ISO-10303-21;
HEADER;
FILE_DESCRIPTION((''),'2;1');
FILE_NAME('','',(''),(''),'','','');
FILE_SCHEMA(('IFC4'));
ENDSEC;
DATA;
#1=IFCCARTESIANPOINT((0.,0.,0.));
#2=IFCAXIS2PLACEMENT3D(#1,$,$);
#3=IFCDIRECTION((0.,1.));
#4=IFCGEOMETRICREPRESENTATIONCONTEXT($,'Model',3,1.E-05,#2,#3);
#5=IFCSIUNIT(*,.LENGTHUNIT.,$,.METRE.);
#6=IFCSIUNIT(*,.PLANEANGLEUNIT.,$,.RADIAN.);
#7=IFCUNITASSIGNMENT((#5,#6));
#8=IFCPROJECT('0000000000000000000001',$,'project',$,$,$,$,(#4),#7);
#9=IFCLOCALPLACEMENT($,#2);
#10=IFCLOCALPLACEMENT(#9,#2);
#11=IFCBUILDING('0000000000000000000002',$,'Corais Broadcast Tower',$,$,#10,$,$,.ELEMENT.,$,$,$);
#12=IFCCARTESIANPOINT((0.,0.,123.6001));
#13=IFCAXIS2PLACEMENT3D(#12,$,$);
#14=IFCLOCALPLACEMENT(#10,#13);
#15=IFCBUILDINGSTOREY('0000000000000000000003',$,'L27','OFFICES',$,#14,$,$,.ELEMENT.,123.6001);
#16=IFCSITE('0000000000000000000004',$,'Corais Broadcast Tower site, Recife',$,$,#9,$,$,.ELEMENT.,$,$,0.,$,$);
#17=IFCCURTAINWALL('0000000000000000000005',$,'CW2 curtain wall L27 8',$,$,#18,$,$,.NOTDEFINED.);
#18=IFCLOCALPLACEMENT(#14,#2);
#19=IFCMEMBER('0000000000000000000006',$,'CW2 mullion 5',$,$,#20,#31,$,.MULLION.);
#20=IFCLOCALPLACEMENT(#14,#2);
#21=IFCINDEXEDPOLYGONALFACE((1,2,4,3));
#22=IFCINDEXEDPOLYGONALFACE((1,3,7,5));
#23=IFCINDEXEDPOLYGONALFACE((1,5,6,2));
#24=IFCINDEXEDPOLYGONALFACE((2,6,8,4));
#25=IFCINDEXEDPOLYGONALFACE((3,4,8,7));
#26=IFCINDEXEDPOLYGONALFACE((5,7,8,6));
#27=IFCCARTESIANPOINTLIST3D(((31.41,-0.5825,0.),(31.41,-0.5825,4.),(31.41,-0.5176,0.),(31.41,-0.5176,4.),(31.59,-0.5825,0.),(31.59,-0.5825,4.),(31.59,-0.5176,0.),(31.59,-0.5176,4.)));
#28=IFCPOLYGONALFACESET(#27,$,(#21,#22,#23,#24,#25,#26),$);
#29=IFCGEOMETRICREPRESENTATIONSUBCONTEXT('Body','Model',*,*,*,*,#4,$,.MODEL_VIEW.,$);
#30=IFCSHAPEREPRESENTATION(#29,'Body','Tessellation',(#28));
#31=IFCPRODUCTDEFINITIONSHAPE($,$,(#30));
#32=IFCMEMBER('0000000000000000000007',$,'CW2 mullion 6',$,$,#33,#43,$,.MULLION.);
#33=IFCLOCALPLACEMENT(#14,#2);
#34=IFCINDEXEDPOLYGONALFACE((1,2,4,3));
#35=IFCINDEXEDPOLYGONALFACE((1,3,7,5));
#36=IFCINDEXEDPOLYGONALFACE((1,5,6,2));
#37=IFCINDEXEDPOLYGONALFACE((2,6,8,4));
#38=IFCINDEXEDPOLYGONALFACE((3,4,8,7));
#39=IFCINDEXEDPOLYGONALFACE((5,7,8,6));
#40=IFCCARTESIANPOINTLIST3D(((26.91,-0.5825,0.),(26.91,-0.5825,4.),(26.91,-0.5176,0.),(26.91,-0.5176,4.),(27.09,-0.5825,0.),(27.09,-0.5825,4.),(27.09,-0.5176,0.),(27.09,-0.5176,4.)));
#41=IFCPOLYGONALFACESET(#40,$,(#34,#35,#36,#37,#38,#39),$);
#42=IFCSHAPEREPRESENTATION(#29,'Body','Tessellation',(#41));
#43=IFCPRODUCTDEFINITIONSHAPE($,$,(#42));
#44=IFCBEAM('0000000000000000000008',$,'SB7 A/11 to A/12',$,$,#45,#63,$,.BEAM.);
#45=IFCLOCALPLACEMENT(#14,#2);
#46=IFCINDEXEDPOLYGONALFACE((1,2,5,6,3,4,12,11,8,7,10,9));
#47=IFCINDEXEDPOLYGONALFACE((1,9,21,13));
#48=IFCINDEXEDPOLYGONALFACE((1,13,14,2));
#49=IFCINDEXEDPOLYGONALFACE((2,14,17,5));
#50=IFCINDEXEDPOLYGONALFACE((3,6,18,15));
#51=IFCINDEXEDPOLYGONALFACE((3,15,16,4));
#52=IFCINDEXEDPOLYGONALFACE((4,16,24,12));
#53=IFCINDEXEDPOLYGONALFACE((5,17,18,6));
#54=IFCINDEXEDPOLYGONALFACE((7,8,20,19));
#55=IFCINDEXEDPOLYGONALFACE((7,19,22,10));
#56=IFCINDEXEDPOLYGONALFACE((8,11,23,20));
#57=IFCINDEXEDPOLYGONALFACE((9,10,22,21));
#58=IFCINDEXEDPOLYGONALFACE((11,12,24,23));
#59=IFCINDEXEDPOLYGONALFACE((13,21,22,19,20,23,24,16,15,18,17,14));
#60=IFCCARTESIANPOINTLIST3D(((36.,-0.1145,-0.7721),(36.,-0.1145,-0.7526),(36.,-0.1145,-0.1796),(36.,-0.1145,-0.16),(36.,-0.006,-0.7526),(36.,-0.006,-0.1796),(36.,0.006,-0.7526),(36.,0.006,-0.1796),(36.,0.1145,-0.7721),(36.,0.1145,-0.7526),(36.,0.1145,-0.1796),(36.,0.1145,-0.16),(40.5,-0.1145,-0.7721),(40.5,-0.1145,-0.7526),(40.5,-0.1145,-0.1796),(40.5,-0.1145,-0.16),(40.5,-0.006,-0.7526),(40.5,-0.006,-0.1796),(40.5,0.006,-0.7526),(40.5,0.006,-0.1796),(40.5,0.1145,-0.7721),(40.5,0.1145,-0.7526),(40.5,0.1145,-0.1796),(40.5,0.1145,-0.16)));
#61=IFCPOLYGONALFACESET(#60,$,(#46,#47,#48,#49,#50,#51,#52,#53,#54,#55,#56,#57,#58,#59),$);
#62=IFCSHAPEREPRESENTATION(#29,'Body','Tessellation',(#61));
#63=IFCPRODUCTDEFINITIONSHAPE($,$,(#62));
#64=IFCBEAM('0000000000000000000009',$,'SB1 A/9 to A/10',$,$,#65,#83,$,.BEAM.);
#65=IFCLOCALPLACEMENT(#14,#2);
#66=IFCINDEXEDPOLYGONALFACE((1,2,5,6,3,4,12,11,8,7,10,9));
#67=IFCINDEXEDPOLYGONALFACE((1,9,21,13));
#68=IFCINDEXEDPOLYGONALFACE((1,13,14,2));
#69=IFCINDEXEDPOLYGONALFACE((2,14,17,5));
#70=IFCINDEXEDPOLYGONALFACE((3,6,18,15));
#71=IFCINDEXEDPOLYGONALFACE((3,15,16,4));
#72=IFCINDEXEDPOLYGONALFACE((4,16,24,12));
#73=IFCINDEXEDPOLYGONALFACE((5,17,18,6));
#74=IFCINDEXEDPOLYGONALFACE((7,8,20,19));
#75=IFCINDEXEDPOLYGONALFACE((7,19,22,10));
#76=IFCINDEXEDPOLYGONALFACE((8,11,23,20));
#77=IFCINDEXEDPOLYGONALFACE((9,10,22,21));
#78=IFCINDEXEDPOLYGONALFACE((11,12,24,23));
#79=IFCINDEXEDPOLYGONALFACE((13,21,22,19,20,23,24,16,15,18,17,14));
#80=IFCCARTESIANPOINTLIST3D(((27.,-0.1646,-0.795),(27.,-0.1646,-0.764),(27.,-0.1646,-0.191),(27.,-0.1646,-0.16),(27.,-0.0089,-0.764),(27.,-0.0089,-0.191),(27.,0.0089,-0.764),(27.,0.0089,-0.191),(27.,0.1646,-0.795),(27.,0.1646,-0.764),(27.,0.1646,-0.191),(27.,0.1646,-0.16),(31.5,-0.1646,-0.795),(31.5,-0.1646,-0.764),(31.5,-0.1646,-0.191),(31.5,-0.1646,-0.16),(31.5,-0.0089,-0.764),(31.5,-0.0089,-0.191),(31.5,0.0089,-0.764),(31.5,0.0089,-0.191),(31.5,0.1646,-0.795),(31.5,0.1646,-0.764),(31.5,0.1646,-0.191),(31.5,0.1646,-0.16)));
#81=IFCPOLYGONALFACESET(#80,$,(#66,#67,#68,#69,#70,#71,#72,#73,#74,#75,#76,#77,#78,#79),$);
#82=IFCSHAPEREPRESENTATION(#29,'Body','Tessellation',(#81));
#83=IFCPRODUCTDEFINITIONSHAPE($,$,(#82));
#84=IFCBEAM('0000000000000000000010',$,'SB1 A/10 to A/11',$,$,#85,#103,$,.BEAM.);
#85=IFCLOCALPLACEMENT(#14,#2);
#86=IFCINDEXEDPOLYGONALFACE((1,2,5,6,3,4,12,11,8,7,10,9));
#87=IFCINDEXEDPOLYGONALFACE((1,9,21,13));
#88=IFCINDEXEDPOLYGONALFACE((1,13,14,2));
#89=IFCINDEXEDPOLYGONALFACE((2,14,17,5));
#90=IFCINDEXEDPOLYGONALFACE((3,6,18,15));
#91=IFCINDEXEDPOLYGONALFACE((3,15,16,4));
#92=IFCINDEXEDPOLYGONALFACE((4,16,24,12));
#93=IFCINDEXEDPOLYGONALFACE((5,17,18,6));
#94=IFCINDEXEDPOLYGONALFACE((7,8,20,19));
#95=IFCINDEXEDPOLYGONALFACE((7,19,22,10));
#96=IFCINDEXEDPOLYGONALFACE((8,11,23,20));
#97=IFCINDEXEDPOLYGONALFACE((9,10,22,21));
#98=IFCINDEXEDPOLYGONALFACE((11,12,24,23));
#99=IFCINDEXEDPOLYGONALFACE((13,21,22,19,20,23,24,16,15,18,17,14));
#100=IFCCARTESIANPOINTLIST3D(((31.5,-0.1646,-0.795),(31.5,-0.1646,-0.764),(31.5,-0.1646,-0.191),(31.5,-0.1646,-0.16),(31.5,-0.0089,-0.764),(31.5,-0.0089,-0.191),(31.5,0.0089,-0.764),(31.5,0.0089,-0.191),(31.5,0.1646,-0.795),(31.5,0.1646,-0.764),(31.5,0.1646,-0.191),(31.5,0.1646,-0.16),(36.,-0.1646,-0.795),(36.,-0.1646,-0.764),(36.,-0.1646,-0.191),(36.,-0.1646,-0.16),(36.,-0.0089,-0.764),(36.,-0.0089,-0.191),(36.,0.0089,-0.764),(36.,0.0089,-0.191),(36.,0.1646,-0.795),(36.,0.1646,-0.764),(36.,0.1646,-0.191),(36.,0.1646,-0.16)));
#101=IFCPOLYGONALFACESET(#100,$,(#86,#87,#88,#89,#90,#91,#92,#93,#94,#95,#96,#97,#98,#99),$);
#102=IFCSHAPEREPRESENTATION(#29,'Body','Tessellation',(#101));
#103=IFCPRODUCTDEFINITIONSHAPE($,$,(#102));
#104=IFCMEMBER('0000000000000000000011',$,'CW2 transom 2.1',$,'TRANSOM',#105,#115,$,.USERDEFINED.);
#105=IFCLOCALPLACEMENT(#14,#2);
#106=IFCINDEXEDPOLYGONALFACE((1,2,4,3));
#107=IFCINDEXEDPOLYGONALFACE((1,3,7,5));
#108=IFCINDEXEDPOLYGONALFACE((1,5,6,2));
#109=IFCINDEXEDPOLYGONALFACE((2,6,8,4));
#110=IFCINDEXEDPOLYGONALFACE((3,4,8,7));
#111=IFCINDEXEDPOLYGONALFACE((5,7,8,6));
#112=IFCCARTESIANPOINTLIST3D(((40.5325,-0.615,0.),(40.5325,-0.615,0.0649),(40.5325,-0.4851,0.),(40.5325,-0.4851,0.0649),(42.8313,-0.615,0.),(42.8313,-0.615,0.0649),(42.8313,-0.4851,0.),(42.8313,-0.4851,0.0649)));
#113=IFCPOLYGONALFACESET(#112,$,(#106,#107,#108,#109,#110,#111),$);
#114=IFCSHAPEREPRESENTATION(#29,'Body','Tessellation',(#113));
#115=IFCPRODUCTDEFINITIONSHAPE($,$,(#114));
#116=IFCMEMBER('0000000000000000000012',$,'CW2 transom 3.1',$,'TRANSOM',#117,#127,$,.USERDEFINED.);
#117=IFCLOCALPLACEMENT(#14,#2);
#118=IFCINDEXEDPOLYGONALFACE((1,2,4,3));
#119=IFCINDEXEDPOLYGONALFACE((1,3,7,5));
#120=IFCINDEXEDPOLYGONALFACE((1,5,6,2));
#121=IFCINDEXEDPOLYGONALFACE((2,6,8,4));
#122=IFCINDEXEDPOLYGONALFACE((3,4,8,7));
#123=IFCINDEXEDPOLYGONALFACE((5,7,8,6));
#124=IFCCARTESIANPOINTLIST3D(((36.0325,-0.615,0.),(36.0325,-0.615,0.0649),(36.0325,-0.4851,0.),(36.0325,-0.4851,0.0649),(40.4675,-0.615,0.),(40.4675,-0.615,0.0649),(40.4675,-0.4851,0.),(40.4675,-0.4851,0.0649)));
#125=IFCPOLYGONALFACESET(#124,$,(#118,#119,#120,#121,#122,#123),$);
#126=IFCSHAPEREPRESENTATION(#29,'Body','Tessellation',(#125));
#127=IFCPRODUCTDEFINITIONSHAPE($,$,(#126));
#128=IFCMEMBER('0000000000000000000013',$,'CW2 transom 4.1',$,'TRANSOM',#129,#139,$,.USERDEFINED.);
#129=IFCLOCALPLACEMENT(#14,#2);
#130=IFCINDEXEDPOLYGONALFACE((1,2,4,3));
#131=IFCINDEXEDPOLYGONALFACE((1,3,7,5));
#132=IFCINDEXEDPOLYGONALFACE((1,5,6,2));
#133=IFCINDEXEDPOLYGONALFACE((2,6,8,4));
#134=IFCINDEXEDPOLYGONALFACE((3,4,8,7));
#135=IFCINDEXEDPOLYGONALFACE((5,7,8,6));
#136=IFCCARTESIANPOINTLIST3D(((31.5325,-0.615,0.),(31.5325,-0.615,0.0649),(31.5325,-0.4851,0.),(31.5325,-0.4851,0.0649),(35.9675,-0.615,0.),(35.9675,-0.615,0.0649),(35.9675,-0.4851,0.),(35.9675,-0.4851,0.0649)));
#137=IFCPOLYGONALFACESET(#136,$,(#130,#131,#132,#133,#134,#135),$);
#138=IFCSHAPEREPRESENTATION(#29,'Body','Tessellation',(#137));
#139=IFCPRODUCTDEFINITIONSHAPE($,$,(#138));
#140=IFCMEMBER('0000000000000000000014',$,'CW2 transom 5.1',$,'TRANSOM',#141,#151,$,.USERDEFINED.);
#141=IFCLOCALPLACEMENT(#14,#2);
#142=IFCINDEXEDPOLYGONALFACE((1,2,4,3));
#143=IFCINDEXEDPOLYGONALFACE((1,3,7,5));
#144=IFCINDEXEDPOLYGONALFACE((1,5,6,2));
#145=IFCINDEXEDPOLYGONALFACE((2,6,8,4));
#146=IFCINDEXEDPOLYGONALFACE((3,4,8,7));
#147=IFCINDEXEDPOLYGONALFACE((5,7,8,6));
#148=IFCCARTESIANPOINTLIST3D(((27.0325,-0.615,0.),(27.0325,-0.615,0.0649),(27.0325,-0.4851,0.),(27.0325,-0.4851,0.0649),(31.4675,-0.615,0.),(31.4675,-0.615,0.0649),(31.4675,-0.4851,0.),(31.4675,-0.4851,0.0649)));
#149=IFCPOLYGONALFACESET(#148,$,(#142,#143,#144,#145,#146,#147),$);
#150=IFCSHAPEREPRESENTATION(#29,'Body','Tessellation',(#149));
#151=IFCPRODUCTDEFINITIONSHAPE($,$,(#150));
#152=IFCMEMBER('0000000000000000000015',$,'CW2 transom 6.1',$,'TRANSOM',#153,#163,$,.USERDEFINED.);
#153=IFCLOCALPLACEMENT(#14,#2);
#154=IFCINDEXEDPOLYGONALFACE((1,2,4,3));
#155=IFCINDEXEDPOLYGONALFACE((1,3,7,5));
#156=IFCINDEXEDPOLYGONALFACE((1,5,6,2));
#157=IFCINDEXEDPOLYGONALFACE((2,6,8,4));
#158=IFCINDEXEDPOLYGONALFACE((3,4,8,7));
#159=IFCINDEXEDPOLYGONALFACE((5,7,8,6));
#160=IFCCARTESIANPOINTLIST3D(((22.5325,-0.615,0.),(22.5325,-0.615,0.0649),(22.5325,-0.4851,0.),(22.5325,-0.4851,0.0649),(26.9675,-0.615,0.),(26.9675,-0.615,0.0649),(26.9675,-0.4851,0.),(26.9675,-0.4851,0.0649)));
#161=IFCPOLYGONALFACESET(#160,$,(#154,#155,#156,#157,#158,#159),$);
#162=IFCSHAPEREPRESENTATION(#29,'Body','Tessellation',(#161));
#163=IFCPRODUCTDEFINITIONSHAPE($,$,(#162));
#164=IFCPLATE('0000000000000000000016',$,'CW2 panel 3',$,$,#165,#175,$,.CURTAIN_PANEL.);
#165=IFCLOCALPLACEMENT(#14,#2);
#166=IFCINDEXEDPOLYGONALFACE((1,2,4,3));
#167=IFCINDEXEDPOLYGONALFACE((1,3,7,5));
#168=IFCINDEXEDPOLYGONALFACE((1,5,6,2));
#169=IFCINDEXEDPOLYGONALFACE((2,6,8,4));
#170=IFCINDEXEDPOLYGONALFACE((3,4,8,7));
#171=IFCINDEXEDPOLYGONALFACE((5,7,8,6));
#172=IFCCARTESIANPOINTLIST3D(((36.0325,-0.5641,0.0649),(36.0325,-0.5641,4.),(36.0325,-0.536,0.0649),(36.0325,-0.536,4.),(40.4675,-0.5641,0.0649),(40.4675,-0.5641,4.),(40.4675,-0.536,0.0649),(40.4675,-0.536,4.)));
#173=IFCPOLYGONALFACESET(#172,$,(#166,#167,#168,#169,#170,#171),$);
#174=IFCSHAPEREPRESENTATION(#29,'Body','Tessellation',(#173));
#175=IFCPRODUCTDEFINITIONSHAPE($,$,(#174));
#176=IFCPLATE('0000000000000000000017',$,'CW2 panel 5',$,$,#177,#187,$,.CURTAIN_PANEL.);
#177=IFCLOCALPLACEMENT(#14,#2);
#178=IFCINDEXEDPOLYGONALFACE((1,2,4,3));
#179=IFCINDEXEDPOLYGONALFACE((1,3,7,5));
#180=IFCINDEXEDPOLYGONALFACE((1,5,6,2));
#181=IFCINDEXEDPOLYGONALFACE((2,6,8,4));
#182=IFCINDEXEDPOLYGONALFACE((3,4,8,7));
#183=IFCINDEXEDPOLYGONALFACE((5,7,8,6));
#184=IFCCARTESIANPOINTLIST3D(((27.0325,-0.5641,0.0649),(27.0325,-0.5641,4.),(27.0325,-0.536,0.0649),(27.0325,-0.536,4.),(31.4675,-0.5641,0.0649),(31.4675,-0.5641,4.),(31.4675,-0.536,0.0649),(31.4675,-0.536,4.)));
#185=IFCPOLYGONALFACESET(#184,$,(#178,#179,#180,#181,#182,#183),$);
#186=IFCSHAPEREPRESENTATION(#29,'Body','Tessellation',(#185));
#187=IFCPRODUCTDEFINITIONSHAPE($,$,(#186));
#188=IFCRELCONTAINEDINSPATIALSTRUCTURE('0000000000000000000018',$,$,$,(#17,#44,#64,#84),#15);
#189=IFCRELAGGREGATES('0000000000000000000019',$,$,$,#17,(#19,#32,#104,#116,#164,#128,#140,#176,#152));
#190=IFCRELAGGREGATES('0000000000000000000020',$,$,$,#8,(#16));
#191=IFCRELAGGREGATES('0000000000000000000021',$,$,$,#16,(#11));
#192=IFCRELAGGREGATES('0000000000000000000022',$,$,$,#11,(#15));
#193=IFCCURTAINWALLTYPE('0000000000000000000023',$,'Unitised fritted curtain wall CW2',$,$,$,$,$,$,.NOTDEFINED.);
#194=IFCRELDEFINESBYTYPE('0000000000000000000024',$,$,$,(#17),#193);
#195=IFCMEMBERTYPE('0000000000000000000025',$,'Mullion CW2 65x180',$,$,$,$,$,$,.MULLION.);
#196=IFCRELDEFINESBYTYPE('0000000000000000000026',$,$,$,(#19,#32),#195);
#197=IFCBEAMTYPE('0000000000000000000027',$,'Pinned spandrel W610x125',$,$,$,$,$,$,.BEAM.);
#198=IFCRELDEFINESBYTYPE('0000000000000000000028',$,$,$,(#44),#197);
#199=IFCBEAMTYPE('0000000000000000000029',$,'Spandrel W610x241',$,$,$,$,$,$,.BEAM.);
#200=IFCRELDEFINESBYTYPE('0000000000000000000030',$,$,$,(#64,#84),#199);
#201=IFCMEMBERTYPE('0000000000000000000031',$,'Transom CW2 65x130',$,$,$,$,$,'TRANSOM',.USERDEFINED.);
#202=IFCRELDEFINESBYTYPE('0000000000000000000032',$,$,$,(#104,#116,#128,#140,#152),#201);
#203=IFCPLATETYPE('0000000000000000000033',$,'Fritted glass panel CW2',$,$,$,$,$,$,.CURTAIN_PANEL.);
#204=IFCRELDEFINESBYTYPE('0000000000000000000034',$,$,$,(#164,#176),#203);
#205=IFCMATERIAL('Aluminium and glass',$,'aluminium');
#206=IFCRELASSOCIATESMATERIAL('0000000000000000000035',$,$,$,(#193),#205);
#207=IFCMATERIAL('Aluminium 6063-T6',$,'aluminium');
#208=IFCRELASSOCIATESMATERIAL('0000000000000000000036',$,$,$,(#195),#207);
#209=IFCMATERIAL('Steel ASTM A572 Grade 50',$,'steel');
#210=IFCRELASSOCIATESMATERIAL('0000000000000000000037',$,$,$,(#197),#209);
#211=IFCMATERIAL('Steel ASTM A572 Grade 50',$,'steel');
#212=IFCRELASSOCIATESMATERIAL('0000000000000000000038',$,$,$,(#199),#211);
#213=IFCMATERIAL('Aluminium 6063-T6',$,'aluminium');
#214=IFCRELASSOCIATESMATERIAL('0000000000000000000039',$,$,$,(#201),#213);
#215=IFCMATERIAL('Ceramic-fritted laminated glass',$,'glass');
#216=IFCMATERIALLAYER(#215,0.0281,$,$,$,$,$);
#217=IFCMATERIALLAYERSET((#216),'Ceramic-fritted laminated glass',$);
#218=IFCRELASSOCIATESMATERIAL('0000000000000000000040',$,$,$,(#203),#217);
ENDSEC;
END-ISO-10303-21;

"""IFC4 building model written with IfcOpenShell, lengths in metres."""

from ifc_helpers import new_model, si_unit, direction, frame, origin, origin_2d, place, context, subcontext, project, spatial, rectangle, i_section, extrude, material, layer, layer_set, material_profile, profile_set, type_object, element, aggregate, save


model = new_model("IFC4")

# Units and contexts
model_context = context("Model", 3, precision=1e-05, world=origin(), true_north=direction((0.0, 1.0)))
body_context = subcontext(model_context, "Body", "Model", "MODEL_VIEW")
ifc_project = project(units=[si_unit("LENGTHUNIT", "METRE"), si_unit("PLANEANGLEUNIT", "RADIAN")], contexts=[model_context])

# Site, building, storey
site_placement = place(None, origin())
site = spatial("IfcSite", under=ifc_project, at=site_placement, Name="Corais Broadcast Tower site, Recife", CompositionType="ELEMENT", RefElevation=0.0)
building_placement = place(site_placement, origin())
building = spatial("IfcBuilding", under=site, at=building_placement, Name="Corais Broadcast Tower", CompositionType="ELEMENT")
storey_placement = place(building_placement, frame((0.0, 0.0, 123.6001)))
storey = spatial("IfcBuildingStorey", under=building, at=storey_placement, Name="L27", Description="OFFICES", CompositionType="ELEMENT", Elevation=123.6001)

# Curtain wall, members
ifc_material_1 = material(Name="Aluminium and glass", Category="aluminium")
curtain_wall_type = type_object("IfcCurtainWallType", Name="Unitised fritted curtain wall CW2", PredefinedType="NOTDEFINED", material=ifc_material_1)
curtain_wall_placement = place(storey_placement, origin())
curtain_wall = element("IfcCurtainWall", 1, at=curtain_wall_placement, inside=storey, type_object=curtain_wall_type, Name="CW2 curtain wall L27 8", PredefinedType="NOTDEFINED")
ifc_material_2 = material(Name="Aluminium 6063-T6", Category="aluminium")
ifc_material_profile_1 = material_profile(ifc_material_2, rectangle(XDim=0.0649, YDim=0.1799, at=origin_2d()), Name="Mullion CW2 65x180")
ifc_profile_set_1 = profile_set([ifc_material_profile_1], Name="Aluminium 6063-T6")
member_type_1 = type_object("IfcMemberType", Name="Mullion CW2 65x180", PredefinedType="MULLION", material=ifc_profile_set_1)
member_1_placement = place(storey_placement, frame((31.5, -0.55, 0.0), z_axis=(0.0, 0.0, 1.0), x_axis=(0.0, -1.0, 0.0)))
member_1 = element("IfcMember", 2, at=member_1_placement, type_object=member_type_1, Name="CW2 mullion 5", PredefinedType="MULLION", context=body_context, shape_type="SweptSolid", body=[
    extrude(rectangle(XDim=0.0649, YDim=0.1799, at=origin_2d()), origin(), (0.0, 0.0, 1.0), 4.0),
])
member_2_placement = place(storey_placement, frame((27.0, -0.55, 0.0), z_axis=(0.0, 0.0, 1.0), x_axis=(0.0, -1.0, 0.0)))
member_2 = element("IfcMember", 3, at=member_2_placement, type_object=member_type_1, Name="CW2 mullion 6", PredefinedType="MULLION", context=body_context, shape_type="SweptSolid", body=[
    extrude(rectangle(XDim=0.0649, YDim=0.1799, at=origin_2d()), origin(), (0.0, 0.0, 1.0), 4.0),
])

# Beams
ifc_material_3 = material(Name="Steel ASTM A572 Grade 50", Category="steel")
ifc_material_profile_2 = material_profile(ifc_material_3, i_section(OverallWidth=0.229, OverallDepth=0.6121, WebThickness=0.012, FlangeThickness=0.0195, at=origin_2d()), Name="W610x125")
ifc_profile_set_2 = profile_set([ifc_material_profile_2], Name="Steel ASTM A572 Grade 50")
beam_type_1 = type_object("IfcBeamType", Name="Pinned spandrel W610x125", PredefinedType="BEAM", material=ifc_profile_set_2)
beam_placement = place(storey_placement, frame((36.0, 0.0, -0.4661), z_axis=(1.0, 0.0, 0.0), x_axis=(0.0, 1.0, 0.0)))
element("IfcBeam", 4, at=beam_placement, inside=storey, type_object=beam_type_1, Name="SB7 A/11 to A/12", PredefinedType="BEAM", context=body_context, shape_type="SweptSolid", body=[
    extrude(i_section(OverallWidth=0.229, OverallDepth=0.6121, WebThickness=0.012, FlangeThickness=0.0195, at=origin_2d()), origin(), (0.0, 0.0, 1.0), 4.5),
])
ifc_material_4 = material(Name="Steel ASTM A572 Grade 50", Category="steel")
ifc_material_profile_3 = material_profile(ifc_material_4, i_section(OverallWidth=0.3291, OverallDepth=0.635, WebThickness=0.0178, FlangeThickness=0.031, at=origin_2d()), Name="W610x241")
ifc_profile_set_3 = profile_set([ifc_material_profile_3], Name="Steel ASTM A572 Grade 50")
beam_type_2 = type_object("IfcBeamType", Name="Spandrel W610x241", PredefinedType="BEAM", material=ifc_profile_set_3)
for number, where, z_axis, x_axis, name in (
    (5, (27.0, 0.0, -0.4775), (1.0, 0.0, 0.0), (0.0, 1.0, 0.0), "SB1 A/9 to A/10"),
    (6, (31.5, 0.0, -0.4775), (1.0, 0.0, 0.0), (0.0, 1.0, 0.0), "SB1 A/10 to A/11"),
):
    element("IfcBeam", number, at=place(storey_placement, frame(where, z_axis=z_axis, x_axis=x_axis)), inside=storey, type_object=beam_type_2, Name=name, PredefinedType="BEAM", context=body_context, shape_type="SweptSolid", body=[
        extrude(i_section(OverallWidth=0.3291, OverallDepth=0.635, WebThickness=0.0178, FlangeThickness=0.031, at=origin_2d()), origin(), (0.0, 0.0, 1.0), 4.5),
    ])

# Members
ifc_material_5 = material(Name="Aluminium 6063-T6", Category="aluminium")
ifc_material_profile_4 = material_profile(ifc_material_5, rectangle(XDim=0.1299, YDim=0.0649, at=origin_2d()), Name="Transom CW2 65x130")
ifc_profile_set_4 = profile_set([ifc_material_profile_4], Name="Aluminium 6063-T6")
member_type_2 = type_object("IfcMemberType", Name="Transom CW2 65x130", ElementType="TRANSOM", PredefinedType="USERDEFINED", material=ifc_profile_set_4)
member_3_placement = place(storey_placement, frame((42.8313, -0.55, 0.0325), z_axis=(-1.0, 0.0, 0.0), x_axis=(0.0, -1.0, 0.0)))
member_3 = element("IfcMember", 7, at=member_3_placement, type_object=member_type_2, Name="CW2 transom 2.1", ObjectType="TRANSOM", PredefinedType="USERDEFINED", context=body_context, shape_type="SweptSolid", body=[
    extrude(rectangle(XDim=0.1299, YDim=0.0649, at=origin_2d()), origin(), (0.0, 0.0, 1.0), 2.2988),
])
member_4_placement = place(storey_placement, frame((40.4675, -0.55, 0.0325), z_axis=(-1.0, 0.0, 0.0), x_axis=(0.0, -1.0, 0.0)))
member_4 = element("IfcMember", 8, at=member_4_placement, type_object=member_type_2, Name="CW2 transom 3.1", ObjectType="TRANSOM", PredefinedType="USERDEFINED", context=body_context, shape_type="SweptSolid", body=[
    extrude(rectangle(XDim=0.1299, YDim=0.0649, at=origin_2d()), origin(), (0.0, 0.0, 1.0), 4.4351),
])
member_5_placement = place(storey_placement, frame((35.9675, -0.55, 0.0325), z_axis=(-1.0, 0.0, 0.0), x_axis=(0.0, -1.0, 0.0)))
member_5 = element("IfcMember", 9, at=member_5_placement, type_object=member_type_2, Name="CW2 transom 4.1", ObjectType="TRANSOM", PredefinedType="USERDEFINED", context=body_context, shape_type="SweptSolid", body=[
    extrude(rectangle(XDim=0.1299, YDim=0.0649, at=origin_2d()), origin(), (0.0, 0.0, 1.0), 4.4351),
])
member_6_placement = place(storey_placement, frame((31.4675, -0.55, 0.0325), z_axis=(-1.0, 0.0, 0.0), x_axis=(0.0, -1.0, 0.0)))
member_6 = element("IfcMember", 10, at=member_6_placement, type_object=member_type_2, Name="CW2 transom 5.1", ObjectType="TRANSOM", PredefinedType="USERDEFINED", context=body_context, shape_type="SweptSolid", body=[
    extrude(rectangle(XDim=0.1299, YDim=0.0649, at=origin_2d()), origin(), (0.0, 0.0, 1.0), 4.4351),
])
member_7_placement = place(storey_placement, frame((26.9675, -0.55, 0.0325), z_axis=(-1.0, 0.0, 0.0), x_axis=(0.0, -1.0, 0.0)))
member_7 = element("IfcMember", 11, at=member_7_placement, type_object=member_type_2, Name="CW2 transom 6.1", ObjectType="TRANSOM", PredefinedType="USERDEFINED", context=body_context, shape_type="SweptSolid", body=[
    extrude(rectangle(XDim=0.1299, YDim=0.0649, at=origin_2d()), origin(), (0.0, 0.0, 1.0), 4.4351),
])

# Plates
ifc_material_6 = material(Name="Ceramic-fritted laminated glass", Category="glass")
ifc_layer_1 = layer(ifc_material_6, 0.0281)
ifc_layer_set_1 = layer_set([ifc_layer_1], Name="Ceramic-fritted laminated glass")
plate_type_1 = type_object("IfcPlateType", Name="Fritted glass panel CW2", PredefinedType="CURTAIN_PANEL", material=ifc_layer_set_1)
plate_1_placement = place(storey_placement, frame((38.25, -0.55, 0.0649), z_axis=(0.0, 0.0, 1.0), x_axis=(-1.0, 0.0, 0.0)))
plate_1 = element("IfcPlate", 12, at=plate_1_placement, type_object=plate_type_1, Name="CW2 panel 3", PredefinedType="CURTAIN_PANEL", context=body_context, shape_type="SweptSolid", body=[
    extrude(rectangle(XDim=4.4351, YDim=0.0281, at=origin_2d()), origin(), (0.0, 0.0, 1.0), 3.9351),
])
plate_2_placement = place(storey_placement, frame((29.25, -0.55, 0.0649), z_axis=(0.0, 0.0, 1.0), x_axis=(-1.0, 0.0, 0.0)))
plate_2 = element("IfcPlate", 13, at=plate_2_placement, type_object=plate_type_1, Name="CW2 panel 5", PredefinedType="CURTAIN_PANEL", context=body_context, shape_type="SweptSolid", body=[
    extrude(rectangle(XDim=4.4351, YDim=0.0281, at=origin_2d()), origin(), (0.0, 0.0, 1.0), 3.9351),
])
aggregate(curtain_wall, [member_1, member_2, member_3, member_4, plate_1, member_5, member_6, plate_2, member_7])

save(model, "model.ifc")
